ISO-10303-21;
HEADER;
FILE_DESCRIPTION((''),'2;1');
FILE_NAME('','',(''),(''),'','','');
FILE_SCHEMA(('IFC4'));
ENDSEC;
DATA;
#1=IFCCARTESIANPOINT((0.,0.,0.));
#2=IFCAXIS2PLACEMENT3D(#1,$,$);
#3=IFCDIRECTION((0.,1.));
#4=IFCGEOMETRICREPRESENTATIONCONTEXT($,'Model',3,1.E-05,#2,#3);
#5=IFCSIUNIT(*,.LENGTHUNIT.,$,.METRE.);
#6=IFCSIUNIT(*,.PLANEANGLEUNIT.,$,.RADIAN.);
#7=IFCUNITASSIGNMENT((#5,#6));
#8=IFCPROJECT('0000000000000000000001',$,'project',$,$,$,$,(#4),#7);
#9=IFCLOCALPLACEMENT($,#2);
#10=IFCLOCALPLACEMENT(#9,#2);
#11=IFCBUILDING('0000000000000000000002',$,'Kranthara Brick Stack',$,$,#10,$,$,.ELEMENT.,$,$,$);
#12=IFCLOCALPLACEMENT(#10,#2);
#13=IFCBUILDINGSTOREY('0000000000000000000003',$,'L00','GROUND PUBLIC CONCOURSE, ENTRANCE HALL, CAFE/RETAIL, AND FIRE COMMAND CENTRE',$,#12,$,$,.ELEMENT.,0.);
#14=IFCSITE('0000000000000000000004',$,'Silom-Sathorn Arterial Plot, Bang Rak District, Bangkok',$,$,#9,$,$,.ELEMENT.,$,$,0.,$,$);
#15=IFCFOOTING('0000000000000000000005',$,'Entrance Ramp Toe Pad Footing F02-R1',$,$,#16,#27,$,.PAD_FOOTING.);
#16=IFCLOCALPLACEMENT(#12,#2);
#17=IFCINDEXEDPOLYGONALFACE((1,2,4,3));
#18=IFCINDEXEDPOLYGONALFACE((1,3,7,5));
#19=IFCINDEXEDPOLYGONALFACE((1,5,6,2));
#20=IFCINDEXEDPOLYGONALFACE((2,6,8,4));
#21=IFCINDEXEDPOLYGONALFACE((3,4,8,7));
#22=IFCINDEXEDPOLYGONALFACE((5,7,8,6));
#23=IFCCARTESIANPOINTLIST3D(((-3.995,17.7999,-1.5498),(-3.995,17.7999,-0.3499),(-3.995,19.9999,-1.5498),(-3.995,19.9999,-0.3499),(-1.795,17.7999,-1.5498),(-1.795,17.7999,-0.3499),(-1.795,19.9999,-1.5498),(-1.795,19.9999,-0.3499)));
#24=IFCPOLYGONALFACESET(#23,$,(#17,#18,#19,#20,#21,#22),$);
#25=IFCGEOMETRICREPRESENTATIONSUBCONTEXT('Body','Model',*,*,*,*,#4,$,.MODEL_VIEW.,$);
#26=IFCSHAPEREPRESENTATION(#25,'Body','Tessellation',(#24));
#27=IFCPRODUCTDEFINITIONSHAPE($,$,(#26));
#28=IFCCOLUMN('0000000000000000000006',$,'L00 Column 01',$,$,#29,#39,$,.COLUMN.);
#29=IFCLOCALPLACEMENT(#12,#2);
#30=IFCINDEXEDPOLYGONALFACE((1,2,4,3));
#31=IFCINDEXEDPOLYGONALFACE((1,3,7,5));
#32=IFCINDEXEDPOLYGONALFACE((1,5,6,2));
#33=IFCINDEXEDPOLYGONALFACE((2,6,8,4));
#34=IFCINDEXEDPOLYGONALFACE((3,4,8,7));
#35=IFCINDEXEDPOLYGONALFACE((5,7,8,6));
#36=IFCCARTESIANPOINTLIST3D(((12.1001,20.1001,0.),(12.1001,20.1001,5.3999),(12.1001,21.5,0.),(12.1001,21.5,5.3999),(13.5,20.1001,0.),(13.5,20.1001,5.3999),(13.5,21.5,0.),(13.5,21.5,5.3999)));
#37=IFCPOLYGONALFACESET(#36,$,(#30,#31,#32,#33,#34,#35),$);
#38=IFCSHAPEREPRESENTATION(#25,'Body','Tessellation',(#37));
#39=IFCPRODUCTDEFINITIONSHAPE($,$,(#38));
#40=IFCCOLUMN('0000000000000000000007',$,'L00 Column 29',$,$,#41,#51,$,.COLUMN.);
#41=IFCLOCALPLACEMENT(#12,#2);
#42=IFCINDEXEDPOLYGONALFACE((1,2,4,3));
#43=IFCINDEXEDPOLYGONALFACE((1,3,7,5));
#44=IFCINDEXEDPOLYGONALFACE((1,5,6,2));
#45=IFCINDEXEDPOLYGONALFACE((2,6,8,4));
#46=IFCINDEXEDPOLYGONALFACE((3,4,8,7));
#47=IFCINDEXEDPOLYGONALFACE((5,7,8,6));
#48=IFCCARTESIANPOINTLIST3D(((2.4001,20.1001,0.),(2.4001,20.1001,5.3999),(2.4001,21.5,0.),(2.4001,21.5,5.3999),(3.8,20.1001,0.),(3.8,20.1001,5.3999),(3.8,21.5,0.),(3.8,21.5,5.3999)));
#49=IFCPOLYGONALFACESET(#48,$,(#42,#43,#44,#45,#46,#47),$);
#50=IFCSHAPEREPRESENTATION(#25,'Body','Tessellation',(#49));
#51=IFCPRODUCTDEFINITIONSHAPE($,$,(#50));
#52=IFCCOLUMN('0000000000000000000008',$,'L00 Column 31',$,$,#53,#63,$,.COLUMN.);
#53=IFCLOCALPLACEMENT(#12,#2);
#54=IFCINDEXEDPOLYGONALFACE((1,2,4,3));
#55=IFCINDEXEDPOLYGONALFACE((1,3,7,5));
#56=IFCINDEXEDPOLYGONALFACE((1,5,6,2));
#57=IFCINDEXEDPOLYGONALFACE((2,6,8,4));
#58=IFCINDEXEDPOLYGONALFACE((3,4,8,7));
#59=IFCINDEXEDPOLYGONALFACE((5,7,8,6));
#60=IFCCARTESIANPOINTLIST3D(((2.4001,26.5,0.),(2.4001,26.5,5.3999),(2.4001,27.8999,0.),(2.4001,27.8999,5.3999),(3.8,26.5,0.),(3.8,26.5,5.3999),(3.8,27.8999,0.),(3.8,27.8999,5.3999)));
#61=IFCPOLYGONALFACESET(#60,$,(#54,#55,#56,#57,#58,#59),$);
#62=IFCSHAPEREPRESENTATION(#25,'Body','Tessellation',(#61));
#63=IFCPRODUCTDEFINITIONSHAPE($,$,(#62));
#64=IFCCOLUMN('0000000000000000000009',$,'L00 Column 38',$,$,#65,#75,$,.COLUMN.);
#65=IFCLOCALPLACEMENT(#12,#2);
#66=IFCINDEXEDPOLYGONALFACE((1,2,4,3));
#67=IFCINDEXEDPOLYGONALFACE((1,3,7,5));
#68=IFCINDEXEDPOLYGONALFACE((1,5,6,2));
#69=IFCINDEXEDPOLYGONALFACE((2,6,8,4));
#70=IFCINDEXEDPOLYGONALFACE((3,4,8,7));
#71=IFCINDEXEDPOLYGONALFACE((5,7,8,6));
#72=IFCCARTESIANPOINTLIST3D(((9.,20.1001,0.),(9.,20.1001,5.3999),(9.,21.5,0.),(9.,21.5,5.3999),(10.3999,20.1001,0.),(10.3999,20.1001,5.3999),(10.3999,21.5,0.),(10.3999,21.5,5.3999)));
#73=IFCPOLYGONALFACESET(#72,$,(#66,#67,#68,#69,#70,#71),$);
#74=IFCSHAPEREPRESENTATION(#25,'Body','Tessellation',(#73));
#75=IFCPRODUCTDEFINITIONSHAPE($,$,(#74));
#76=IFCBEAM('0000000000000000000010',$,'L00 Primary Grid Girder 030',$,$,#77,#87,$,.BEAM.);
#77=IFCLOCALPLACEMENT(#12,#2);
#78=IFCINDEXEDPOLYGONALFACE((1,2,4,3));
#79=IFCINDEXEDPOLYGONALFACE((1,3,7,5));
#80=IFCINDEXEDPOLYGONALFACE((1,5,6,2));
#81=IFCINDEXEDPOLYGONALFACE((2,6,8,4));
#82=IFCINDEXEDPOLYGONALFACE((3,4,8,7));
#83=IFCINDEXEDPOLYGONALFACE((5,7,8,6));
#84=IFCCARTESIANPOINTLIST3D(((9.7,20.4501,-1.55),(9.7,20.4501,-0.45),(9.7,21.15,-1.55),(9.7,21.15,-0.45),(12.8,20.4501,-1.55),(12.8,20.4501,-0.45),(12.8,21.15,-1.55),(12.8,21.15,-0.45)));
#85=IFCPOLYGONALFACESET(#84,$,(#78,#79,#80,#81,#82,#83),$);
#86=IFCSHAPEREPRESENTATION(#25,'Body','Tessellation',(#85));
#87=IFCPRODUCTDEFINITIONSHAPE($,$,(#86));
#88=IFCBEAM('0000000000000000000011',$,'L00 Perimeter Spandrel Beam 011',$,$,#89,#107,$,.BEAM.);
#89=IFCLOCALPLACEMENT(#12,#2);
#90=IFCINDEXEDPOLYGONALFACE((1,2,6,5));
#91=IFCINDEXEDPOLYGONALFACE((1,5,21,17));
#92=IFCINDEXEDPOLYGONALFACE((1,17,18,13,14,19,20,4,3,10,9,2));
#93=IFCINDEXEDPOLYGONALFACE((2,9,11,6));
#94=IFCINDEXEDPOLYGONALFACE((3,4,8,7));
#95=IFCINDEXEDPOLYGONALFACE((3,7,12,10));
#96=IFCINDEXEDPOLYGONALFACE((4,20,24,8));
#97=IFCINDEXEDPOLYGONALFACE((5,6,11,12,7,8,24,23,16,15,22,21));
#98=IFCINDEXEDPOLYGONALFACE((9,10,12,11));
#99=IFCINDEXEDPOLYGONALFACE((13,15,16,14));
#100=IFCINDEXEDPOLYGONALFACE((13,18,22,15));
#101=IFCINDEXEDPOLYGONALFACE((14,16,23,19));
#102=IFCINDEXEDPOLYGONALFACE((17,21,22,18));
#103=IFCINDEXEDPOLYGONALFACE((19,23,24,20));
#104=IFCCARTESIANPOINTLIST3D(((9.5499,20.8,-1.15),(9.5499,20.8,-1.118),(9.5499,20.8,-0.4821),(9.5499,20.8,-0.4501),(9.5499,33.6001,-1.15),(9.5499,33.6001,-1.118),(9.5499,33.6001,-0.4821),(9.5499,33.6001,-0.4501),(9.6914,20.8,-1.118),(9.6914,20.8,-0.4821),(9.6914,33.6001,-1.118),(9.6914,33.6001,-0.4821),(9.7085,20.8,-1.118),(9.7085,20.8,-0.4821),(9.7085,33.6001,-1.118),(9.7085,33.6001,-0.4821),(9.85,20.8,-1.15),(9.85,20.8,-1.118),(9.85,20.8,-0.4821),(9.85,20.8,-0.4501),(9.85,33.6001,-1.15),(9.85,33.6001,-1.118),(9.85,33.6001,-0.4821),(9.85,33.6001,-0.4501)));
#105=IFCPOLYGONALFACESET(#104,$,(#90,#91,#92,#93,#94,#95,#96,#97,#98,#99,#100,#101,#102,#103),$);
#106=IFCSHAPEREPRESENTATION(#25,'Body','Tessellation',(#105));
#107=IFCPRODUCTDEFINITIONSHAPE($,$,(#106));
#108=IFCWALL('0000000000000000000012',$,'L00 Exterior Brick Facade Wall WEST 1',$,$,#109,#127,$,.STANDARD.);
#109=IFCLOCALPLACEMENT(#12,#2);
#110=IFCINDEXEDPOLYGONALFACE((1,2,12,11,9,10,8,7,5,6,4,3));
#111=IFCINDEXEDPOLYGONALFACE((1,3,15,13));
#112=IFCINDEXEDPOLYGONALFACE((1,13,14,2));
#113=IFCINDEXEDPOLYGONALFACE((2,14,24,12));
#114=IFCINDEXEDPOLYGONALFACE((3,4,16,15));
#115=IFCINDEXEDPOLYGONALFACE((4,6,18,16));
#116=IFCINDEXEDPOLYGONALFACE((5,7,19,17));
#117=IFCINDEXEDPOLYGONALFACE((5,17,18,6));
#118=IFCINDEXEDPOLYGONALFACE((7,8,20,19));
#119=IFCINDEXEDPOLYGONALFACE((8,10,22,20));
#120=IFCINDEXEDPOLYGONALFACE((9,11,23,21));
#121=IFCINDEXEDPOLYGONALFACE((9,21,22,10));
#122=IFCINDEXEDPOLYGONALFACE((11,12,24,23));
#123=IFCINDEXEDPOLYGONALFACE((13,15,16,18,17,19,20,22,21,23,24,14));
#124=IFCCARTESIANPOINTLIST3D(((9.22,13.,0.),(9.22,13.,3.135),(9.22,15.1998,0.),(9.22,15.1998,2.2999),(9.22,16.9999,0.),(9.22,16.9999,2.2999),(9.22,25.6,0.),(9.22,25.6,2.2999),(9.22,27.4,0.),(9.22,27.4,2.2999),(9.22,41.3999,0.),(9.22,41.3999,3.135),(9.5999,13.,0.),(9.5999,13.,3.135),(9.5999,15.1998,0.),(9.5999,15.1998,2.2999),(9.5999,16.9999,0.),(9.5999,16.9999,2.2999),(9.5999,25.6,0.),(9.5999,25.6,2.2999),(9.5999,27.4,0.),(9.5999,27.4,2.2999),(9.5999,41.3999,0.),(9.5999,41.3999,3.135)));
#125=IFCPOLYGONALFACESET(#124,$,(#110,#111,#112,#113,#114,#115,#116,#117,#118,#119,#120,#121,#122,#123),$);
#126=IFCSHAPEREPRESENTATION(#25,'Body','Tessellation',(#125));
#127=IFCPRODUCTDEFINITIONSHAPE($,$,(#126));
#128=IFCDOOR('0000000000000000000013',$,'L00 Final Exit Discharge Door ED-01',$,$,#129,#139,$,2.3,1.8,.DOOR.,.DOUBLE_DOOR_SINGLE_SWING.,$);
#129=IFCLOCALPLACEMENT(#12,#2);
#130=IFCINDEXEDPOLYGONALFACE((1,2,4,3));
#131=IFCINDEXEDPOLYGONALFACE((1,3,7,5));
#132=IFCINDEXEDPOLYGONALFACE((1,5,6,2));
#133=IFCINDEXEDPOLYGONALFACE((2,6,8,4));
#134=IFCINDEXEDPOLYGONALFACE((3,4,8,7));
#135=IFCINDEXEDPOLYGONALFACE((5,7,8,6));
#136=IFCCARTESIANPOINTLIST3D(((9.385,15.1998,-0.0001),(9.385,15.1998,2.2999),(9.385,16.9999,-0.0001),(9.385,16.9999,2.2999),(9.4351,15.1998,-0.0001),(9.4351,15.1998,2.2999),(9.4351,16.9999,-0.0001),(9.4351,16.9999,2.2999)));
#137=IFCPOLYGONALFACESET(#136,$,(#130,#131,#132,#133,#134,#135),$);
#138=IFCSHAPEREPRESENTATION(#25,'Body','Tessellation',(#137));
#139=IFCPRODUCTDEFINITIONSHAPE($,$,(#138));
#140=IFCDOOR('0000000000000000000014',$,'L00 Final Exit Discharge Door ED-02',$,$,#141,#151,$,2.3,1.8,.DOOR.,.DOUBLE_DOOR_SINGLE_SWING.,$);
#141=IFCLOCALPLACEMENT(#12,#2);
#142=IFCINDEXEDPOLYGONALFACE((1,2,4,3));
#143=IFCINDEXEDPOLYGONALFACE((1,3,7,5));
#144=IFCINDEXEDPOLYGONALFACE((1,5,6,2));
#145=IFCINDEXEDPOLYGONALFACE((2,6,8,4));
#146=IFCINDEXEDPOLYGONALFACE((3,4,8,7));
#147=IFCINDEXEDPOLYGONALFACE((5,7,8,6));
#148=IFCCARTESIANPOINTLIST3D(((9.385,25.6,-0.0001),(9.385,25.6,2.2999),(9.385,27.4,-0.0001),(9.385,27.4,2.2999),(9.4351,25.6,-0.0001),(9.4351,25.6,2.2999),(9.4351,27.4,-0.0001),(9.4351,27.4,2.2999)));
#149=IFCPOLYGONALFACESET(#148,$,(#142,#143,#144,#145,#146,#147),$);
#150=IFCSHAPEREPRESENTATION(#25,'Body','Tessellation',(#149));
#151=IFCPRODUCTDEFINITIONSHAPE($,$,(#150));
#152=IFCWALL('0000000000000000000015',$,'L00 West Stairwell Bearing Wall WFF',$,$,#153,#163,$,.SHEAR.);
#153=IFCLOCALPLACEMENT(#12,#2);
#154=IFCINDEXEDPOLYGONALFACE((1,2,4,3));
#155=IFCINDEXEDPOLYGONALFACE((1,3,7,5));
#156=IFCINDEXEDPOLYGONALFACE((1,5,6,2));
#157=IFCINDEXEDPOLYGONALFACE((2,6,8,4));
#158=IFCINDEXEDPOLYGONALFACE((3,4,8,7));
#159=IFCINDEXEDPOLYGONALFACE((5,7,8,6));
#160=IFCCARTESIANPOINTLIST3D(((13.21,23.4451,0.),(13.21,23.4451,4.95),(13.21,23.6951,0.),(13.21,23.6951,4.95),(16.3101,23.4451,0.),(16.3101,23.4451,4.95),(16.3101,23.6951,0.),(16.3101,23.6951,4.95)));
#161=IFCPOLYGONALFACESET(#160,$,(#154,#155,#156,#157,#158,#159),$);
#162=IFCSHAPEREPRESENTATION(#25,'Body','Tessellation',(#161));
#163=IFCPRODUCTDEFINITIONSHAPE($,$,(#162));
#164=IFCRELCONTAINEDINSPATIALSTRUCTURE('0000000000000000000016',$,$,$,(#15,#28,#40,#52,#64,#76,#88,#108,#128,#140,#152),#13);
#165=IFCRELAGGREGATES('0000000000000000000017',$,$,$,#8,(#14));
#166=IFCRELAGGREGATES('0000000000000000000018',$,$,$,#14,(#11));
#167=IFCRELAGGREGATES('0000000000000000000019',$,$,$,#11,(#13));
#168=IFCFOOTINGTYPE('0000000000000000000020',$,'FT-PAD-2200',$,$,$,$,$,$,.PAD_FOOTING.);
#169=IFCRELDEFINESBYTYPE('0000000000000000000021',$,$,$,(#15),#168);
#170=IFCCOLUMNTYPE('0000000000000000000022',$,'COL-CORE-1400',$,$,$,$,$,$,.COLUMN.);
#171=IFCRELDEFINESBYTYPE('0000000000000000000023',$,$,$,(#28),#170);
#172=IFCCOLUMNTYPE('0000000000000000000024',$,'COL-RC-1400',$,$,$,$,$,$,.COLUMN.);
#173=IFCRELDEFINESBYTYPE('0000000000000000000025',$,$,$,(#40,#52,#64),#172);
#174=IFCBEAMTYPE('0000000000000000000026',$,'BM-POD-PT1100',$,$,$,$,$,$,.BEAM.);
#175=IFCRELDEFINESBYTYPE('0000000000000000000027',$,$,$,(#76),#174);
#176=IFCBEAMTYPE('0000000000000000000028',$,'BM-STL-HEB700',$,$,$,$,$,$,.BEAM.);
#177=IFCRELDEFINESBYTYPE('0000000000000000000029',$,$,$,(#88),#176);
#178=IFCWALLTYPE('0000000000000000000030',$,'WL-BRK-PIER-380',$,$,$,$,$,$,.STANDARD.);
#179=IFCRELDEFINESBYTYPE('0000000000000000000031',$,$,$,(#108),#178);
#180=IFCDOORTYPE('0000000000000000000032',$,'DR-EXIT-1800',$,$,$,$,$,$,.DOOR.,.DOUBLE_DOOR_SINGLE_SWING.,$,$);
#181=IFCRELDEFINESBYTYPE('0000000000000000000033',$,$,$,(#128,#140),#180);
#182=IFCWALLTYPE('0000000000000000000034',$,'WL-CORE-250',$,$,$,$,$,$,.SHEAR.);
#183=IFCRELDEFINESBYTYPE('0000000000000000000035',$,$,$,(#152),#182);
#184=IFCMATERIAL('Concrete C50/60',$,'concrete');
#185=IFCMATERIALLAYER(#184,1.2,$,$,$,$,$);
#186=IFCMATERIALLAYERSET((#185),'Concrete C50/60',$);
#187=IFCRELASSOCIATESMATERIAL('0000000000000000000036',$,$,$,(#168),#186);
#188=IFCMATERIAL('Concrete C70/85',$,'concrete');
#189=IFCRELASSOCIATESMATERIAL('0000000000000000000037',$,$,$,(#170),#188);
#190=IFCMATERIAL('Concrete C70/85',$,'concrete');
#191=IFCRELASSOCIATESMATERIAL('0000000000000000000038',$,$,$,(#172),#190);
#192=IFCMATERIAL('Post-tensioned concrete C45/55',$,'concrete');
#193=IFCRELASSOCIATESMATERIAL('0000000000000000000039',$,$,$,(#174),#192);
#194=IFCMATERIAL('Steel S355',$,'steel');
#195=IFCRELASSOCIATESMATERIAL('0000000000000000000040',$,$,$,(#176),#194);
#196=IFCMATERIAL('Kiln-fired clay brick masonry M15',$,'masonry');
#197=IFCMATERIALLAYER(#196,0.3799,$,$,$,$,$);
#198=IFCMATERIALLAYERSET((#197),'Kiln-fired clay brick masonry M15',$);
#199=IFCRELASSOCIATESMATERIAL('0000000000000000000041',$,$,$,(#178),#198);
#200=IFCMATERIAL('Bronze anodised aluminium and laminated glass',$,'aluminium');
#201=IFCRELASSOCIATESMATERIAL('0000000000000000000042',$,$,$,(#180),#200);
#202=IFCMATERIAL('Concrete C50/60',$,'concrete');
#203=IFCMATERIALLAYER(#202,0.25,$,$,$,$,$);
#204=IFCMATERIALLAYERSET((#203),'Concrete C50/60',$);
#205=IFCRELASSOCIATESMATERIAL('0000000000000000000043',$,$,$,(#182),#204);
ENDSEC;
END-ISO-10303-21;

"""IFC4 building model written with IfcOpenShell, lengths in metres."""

from ifc_helpers import new_model, si_unit, direction, frame, frame_2d, origin, origin_2d, place, context, subcontext, project, spatial, rectangle, i_section, extrude, material, layer, layer_set, material_profile, profile_set, type_object, element, fill, save


model = new_model("IFC4")

# Units and contexts
model_context = context("Model", 3, precision=1e-05, world=origin(), true_north=direction((0.0, 1.0)))
body_context = subcontext(model_context, "Body", "Model", "MODEL_VIEW")
ifc_project = project(units=[si_unit("LENGTHUNIT", "METRE"), si_unit("PLANEANGLEUNIT", "RADIAN")], contexts=[model_context])

# Site, building, storey
site_placement = place(None, origin())
site = spatial("IfcSite", under=ifc_project, at=site_placement, Name="Silom-Sathorn Arterial Plot, Bang Rak District, Bangkok", CompositionType="ELEMENT", RefElevation=0.0)
building_placement = place(site_placement, origin())
building = spatial("IfcBuilding", under=site, at=building_placement, Name="Kranthara Brick Stack", CompositionType="ELEMENT")
storey_placement = place(building_placement, origin())
storey = spatial("IfcBuildingStorey", under=building, at=storey_placement, Name="L00", Description="GROUND PUBLIC CONCOURSE, ENTRANCE HALL, CAFE/RETAIL, AND FIRE COMMAND CENTRE", CompositionType="ELEMENT", Elevation=0.0)

# Footing
ifc_material_1 = material(Name="Concrete C50/60", Category="concrete")
ifc_layer_1 = layer(ifc_material_1, 1.2)
ifc_layer_set_1 = layer_set([ifc_layer_1], Name="Concrete C50/60")
footing_type = type_object("IfcFootingType", Name="FT-PAD-2200", PredefinedType="PAD_FOOTING", material=ifc_layer_set_1)
footing_placement = place(storey_placement, frame((-2.895, 18.8999, -1.5498), z_axis=(0.0, 0.0, 1.0), x_axis=(1.0, 0.0, 0.0)))
element("IfcFooting", 1, at=footing_placement, inside=storey, type_object=footing_type, Name="Entrance Ramp Toe Pad Footing F02-R1", PredefinedType="PAD_FOOTING", context=body_context, shape_type="SweptSolid", body=[
    extrude(rectangle(XDim=2.2, YDim=2.2, at=origin_2d()), origin(), (0.0, 0.0, 1.0), 1.2),
])

# Columns
ifc_material_2 = material(Name="Concrete C70/85", Category="concrete")
ifc_material_profile_1 = material_profile(ifc_material_2, rectangle(XDim=1.3999, YDim=1.3999, at=origin_2d()), Name="RC 1400x1400")
ifc_profile_set_1 = profile_set([ifc_material_profile_1], Name="Concrete C70/85")
column_type_1 = type_object("IfcColumnType", Name="COL-CORE-1400", PredefinedType="COLUMN", material=ifc_profile_set_1)
column_placement = place(storey_placement, frame((12.8, 20.8, 0.0), z_axis=(0.0, 0.0, 1.0), x_axis=(1.0, 0.0, 0.0)))
element("IfcColumn", 2, at=column_placement, inside=storey, type_object=column_type_1, Name="L00 Column 01", PredefinedType="COLUMN", context=body_context, shape_type="SweptSolid", body=[
    extrude(rectangle(XDim=1.3999, YDim=1.3999, at=origin_2d()), origin(), (0.0, 0.0, 1.0), 5.3999),
])
ifc_material_3 = material(Name="Concrete C70/85", Category="concrete")
ifc_material_profile_2 = material_profile(ifc_material_3, rectangle(XDim=1.3999, YDim=1.3999, at=origin_2d()), Name="RC 1400x1400")
ifc_profile_set_2 = profile_set([ifc_material_profile_2], Name="Concrete C70/85")
column_type_2 = type_object("IfcColumnType", Name="COL-RC-1400", PredefinedType="COLUMN", material=ifc_profile_set_2)
for number, where, z_axis, x_axis, name in (
    (3, (3.1001, 20.8, 0.0), (0.0, 0.0, 1.0), (1.0, 0.0, 0.0), "L00 Column 29"),
    (4, (3.1001, 27.2, 0.0), (0.0, 0.0, 1.0), (1.0, 0.0, 0.0), "L00 Column 31"),
    (5, (9.7, 20.8, 0.0), (0.0, 0.0, 1.0), (1.0, 0.0, 0.0), "L00 Column 38"),
):
    element("IfcColumn", number, at=place(storey_placement, frame(where, z_axis=z_axis, x_axis=x_axis)), inside=storey, type_object=column_type_2, Name=name, PredefinedType="COLUMN", context=body_context, shape_type="SweptSolid", body=[
        extrude(rectangle(XDim=1.3999, YDim=1.3999, at=origin_2d()), origin(), (0.0, 0.0, 1.0), 5.3999),
    ])

# Beams
ifc_material_4 = material(Name="Post-tensioned concrete C45/55", Category="concrete")
ifc_material_profile_3 = material_profile(ifc_material_4, rectangle(XDim=0.7, YDim=1.1001, at=origin_2d()), Name="PT 700x1100")
ifc_profile_set_3 = profile_set([ifc_material_profile_3], Name="Post-tensioned concrete C45/55")
beam_type_1 = type_object("IfcBeamType", Name="BM-POD-PT1100", PredefinedType="BEAM", material=ifc_profile_set_3)
beam_1_placement = place(storey_placement, frame((9.7, 20.8, -1.0), z_axis=(1.0, 0.0, 0.0), x_axis=(0.0, 1.0, 0.0)))
element("IfcBeam", 6, at=beam_1_placement, inside=storey, type_object=beam_type_1, Name="L00 Primary Grid Girder 030", PredefinedType="BEAM", context=body_context, shape_type="SweptSolid", body=[
    extrude(rectangle(XDim=0.7, YDim=1.1001, at=origin_2d()), origin(), (0.0, 0.0, 1.0), 3.1001),
])
ifc_material_5 = material(Name="Steel S355", Category="steel")
ifc_material_profile_4 = material_profile(ifc_material_5, i_section(OverallWidth=0.3, OverallDepth=0.7, WebThickness=0.0171, FlangeThickness=0.032, at=origin_2d()), Name="HEB 700")
ifc_profile_set_4 = profile_set([ifc_material_profile_4], Name="Steel S355")
beam_type_2 = type_object("IfcBeamType", Name="BM-STL-HEB700", PredefinedType="BEAM", material=ifc_profile_set_4)
beam_2_placement = place(storey_placement, frame((9.7, 20.8, -0.8), z_axis=(0.0, 1.0, 0.0), x_axis=(-1.0, 0.0, 0.0)))
element("IfcBeam", 7, at=beam_2_placement, inside=storey, type_object=beam_type_2, Name="L00 Perimeter Spandrel Beam 011", PredefinedType="BEAM", context=body_context, shape_type="SweptSolid", body=[
    extrude(i_section(OverallWidth=0.3, OverallDepth=0.7, WebThickness=0.0171, FlangeThickness=0.032, at=origin_2d()), origin(), (0.0, 0.0, 1.0), 12.8),
])

# Wall, openings, doors
ifc_material_6 = material(Name="Kiln-fired clay brick masonry M15", Category="masonry")
ifc_layer_2 = layer(ifc_material_6, 0.3799)
ifc_layer_set_2 = layer_set([ifc_layer_2], Name="Kiln-fired clay brick masonry M15")
wall_type_1 = type_object("IfcWallType", Name="WL-BRK-PIER-380", PredefinedType="STANDARD", material=ifc_layer_set_2)
wall_1_placement = place(storey_placement, frame((9.4099, 13.0, 0.0), z_axis=(0.0, 0.0, 1.0), x_axis=(0.0, 1.0, 0.0)))
wall_1 = element("IfcWall", 8, at=wall_1_placement, inside=storey, type_object=wall_type_1, Name="L00 Exterior Brick Facade Wall WEST 1", PredefinedType="STANDARD", context=body_context, shape_type="SweptSolid", body=[
    extrude(rectangle(XDim=28.3999, YDim=0.3799, at=frame_2d((14.2, 0.0))), origin(), (0.0, 0.0, 1.0), 3.135),
])
opening_1_placement = place(wall_1_placement, frame((2.2, 0.0, 0.0)))
opening_1 = element("IfcOpeningElement", 9, at=opening_1_placement, cuts=wall_1, PredefinedType="OPENING", context=body_context, shape_type="SweptSolid", body=[
    extrude(rectangle(XDim=1.8, YDim=2.3, at=frame_2d((0.8999, 1.1499))), frame((0.0, 0.2, 0.0), z_axis=(0.0, -1.0, 0.0), x_axis=(1.0, 0.0, 0.0)), (0.0, 0.0, 1.0), 0.3999),
])
opening_2_placement = place(wall_1_placement, frame((12.6001, 0.0, 0.0)))
opening_2 = element("IfcOpeningElement", 10, at=opening_2_placement, cuts=wall_1, PredefinedType="OPENING", context=body_context, shape_type="SweptSolid", body=[
    extrude(rectangle(XDim=1.8, YDim=2.3, at=frame_2d((0.8999, 1.1499))), frame((0.0, 0.2, 0.0), z_axis=(0.0, -1.0, 0.0), x_axis=(1.0, 0.0, 0.0)), (0.0, 0.0, 1.0), 0.3999),
])
ifc_material_7 = material(Name="Bronze anodised aluminium and laminated glass", Category="aluminium")
door_type_1 = type_object("IfcDoorType", Name="DR-EXIT-1800", OperationType="DOUBLE_DOOR_SINGLE_SWING", PredefinedType="DOOR", material=ifc_material_7)
door_1_placement = place(opening_1_placement, origin())
door_1 = element("IfcDoor", 11, at=door_1_placement, inside=storey, type_object=door_type_1, Name="L00 Final Exit Discharge Door ED-01", OperationType="DOUBLE_DOOR_SINGLE_SWING", OverallHeight=2.3, OverallWidth=1.8, PredefinedType="DOOR", context=body_context, shape_type="SweptSolid", body=[
    extrude(rectangle(XDim=1.8, YDim=2.3, at=frame_2d((0.8999, 1.1499))), frame((0.0, 0.0249, 0.0), z_axis=(0.0, -1.0, 0.0), x_axis=(1.0, 0.0, 0.0)), (0.0, 0.0, 1.0), 0.05),
])
fill(opening_1, door_1)
door_2_placement = place(opening_2_placement, origin())
door_2 = element("IfcDoor", 12, at=door_2_placement, inside=storey, type_object=door_type_1, Name="L00 Final Exit Discharge Door ED-02", OperationType="DOUBLE_DOOR_SINGLE_SWING", OverallHeight=2.3, OverallWidth=1.8, PredefinedType="DOOR", context=body_context, shape_type="SweptSolid", body=[
    extrude(rectangle(XDim=1.8, YDim=2.3, at=frame_2d((0.8999, 1.1499))), frame((0.0, 0.0249, 0.0), z_axis=(0.0, -1.0, 0.0), x_axis=(1.0, 0.0, 0.0)), (0.0, 0.0, 1.0), 0.05),
])
fill(opening_2, door_2)

# Wall
ifc_material_8 = material(Name="Concrete C50/60", Category="concrete")
ifc_layer_3 = layer(ifc_material_8, 0.25)
ifc_layer_set_3 = layer_set([ifc_layer_3], Name="Concrete C50/60")
wall_type_2 = type_object("IfcWallType", Name="WL-CORE-250", PredefinedType="SHEAR", material=ifc_layer_set_3)
wall_2_placement = place(storey_placement, frame((13.21, 23.5701, 0.0), z_axis=(0.0, 0.0, 1.0), x_axis=(1.0, 0.0, 0.0)))
element("IfcWall", 13, at=wall_2_placement, inside=storey, type_object=wall_type_2, Name="L00 West Stairwell Bearing Wall WFF", PredefinedType="SHEAR", context=body_context, shape_type="SweptSolid", body=[
    extrude(rectangle(XDim=3.1001, YDim=0.25, at=frame_2d((1.55, 0.0))), origin(), (0.0, 0.0, 1.0), 4.95),
])

save(model, "model.ifc")
